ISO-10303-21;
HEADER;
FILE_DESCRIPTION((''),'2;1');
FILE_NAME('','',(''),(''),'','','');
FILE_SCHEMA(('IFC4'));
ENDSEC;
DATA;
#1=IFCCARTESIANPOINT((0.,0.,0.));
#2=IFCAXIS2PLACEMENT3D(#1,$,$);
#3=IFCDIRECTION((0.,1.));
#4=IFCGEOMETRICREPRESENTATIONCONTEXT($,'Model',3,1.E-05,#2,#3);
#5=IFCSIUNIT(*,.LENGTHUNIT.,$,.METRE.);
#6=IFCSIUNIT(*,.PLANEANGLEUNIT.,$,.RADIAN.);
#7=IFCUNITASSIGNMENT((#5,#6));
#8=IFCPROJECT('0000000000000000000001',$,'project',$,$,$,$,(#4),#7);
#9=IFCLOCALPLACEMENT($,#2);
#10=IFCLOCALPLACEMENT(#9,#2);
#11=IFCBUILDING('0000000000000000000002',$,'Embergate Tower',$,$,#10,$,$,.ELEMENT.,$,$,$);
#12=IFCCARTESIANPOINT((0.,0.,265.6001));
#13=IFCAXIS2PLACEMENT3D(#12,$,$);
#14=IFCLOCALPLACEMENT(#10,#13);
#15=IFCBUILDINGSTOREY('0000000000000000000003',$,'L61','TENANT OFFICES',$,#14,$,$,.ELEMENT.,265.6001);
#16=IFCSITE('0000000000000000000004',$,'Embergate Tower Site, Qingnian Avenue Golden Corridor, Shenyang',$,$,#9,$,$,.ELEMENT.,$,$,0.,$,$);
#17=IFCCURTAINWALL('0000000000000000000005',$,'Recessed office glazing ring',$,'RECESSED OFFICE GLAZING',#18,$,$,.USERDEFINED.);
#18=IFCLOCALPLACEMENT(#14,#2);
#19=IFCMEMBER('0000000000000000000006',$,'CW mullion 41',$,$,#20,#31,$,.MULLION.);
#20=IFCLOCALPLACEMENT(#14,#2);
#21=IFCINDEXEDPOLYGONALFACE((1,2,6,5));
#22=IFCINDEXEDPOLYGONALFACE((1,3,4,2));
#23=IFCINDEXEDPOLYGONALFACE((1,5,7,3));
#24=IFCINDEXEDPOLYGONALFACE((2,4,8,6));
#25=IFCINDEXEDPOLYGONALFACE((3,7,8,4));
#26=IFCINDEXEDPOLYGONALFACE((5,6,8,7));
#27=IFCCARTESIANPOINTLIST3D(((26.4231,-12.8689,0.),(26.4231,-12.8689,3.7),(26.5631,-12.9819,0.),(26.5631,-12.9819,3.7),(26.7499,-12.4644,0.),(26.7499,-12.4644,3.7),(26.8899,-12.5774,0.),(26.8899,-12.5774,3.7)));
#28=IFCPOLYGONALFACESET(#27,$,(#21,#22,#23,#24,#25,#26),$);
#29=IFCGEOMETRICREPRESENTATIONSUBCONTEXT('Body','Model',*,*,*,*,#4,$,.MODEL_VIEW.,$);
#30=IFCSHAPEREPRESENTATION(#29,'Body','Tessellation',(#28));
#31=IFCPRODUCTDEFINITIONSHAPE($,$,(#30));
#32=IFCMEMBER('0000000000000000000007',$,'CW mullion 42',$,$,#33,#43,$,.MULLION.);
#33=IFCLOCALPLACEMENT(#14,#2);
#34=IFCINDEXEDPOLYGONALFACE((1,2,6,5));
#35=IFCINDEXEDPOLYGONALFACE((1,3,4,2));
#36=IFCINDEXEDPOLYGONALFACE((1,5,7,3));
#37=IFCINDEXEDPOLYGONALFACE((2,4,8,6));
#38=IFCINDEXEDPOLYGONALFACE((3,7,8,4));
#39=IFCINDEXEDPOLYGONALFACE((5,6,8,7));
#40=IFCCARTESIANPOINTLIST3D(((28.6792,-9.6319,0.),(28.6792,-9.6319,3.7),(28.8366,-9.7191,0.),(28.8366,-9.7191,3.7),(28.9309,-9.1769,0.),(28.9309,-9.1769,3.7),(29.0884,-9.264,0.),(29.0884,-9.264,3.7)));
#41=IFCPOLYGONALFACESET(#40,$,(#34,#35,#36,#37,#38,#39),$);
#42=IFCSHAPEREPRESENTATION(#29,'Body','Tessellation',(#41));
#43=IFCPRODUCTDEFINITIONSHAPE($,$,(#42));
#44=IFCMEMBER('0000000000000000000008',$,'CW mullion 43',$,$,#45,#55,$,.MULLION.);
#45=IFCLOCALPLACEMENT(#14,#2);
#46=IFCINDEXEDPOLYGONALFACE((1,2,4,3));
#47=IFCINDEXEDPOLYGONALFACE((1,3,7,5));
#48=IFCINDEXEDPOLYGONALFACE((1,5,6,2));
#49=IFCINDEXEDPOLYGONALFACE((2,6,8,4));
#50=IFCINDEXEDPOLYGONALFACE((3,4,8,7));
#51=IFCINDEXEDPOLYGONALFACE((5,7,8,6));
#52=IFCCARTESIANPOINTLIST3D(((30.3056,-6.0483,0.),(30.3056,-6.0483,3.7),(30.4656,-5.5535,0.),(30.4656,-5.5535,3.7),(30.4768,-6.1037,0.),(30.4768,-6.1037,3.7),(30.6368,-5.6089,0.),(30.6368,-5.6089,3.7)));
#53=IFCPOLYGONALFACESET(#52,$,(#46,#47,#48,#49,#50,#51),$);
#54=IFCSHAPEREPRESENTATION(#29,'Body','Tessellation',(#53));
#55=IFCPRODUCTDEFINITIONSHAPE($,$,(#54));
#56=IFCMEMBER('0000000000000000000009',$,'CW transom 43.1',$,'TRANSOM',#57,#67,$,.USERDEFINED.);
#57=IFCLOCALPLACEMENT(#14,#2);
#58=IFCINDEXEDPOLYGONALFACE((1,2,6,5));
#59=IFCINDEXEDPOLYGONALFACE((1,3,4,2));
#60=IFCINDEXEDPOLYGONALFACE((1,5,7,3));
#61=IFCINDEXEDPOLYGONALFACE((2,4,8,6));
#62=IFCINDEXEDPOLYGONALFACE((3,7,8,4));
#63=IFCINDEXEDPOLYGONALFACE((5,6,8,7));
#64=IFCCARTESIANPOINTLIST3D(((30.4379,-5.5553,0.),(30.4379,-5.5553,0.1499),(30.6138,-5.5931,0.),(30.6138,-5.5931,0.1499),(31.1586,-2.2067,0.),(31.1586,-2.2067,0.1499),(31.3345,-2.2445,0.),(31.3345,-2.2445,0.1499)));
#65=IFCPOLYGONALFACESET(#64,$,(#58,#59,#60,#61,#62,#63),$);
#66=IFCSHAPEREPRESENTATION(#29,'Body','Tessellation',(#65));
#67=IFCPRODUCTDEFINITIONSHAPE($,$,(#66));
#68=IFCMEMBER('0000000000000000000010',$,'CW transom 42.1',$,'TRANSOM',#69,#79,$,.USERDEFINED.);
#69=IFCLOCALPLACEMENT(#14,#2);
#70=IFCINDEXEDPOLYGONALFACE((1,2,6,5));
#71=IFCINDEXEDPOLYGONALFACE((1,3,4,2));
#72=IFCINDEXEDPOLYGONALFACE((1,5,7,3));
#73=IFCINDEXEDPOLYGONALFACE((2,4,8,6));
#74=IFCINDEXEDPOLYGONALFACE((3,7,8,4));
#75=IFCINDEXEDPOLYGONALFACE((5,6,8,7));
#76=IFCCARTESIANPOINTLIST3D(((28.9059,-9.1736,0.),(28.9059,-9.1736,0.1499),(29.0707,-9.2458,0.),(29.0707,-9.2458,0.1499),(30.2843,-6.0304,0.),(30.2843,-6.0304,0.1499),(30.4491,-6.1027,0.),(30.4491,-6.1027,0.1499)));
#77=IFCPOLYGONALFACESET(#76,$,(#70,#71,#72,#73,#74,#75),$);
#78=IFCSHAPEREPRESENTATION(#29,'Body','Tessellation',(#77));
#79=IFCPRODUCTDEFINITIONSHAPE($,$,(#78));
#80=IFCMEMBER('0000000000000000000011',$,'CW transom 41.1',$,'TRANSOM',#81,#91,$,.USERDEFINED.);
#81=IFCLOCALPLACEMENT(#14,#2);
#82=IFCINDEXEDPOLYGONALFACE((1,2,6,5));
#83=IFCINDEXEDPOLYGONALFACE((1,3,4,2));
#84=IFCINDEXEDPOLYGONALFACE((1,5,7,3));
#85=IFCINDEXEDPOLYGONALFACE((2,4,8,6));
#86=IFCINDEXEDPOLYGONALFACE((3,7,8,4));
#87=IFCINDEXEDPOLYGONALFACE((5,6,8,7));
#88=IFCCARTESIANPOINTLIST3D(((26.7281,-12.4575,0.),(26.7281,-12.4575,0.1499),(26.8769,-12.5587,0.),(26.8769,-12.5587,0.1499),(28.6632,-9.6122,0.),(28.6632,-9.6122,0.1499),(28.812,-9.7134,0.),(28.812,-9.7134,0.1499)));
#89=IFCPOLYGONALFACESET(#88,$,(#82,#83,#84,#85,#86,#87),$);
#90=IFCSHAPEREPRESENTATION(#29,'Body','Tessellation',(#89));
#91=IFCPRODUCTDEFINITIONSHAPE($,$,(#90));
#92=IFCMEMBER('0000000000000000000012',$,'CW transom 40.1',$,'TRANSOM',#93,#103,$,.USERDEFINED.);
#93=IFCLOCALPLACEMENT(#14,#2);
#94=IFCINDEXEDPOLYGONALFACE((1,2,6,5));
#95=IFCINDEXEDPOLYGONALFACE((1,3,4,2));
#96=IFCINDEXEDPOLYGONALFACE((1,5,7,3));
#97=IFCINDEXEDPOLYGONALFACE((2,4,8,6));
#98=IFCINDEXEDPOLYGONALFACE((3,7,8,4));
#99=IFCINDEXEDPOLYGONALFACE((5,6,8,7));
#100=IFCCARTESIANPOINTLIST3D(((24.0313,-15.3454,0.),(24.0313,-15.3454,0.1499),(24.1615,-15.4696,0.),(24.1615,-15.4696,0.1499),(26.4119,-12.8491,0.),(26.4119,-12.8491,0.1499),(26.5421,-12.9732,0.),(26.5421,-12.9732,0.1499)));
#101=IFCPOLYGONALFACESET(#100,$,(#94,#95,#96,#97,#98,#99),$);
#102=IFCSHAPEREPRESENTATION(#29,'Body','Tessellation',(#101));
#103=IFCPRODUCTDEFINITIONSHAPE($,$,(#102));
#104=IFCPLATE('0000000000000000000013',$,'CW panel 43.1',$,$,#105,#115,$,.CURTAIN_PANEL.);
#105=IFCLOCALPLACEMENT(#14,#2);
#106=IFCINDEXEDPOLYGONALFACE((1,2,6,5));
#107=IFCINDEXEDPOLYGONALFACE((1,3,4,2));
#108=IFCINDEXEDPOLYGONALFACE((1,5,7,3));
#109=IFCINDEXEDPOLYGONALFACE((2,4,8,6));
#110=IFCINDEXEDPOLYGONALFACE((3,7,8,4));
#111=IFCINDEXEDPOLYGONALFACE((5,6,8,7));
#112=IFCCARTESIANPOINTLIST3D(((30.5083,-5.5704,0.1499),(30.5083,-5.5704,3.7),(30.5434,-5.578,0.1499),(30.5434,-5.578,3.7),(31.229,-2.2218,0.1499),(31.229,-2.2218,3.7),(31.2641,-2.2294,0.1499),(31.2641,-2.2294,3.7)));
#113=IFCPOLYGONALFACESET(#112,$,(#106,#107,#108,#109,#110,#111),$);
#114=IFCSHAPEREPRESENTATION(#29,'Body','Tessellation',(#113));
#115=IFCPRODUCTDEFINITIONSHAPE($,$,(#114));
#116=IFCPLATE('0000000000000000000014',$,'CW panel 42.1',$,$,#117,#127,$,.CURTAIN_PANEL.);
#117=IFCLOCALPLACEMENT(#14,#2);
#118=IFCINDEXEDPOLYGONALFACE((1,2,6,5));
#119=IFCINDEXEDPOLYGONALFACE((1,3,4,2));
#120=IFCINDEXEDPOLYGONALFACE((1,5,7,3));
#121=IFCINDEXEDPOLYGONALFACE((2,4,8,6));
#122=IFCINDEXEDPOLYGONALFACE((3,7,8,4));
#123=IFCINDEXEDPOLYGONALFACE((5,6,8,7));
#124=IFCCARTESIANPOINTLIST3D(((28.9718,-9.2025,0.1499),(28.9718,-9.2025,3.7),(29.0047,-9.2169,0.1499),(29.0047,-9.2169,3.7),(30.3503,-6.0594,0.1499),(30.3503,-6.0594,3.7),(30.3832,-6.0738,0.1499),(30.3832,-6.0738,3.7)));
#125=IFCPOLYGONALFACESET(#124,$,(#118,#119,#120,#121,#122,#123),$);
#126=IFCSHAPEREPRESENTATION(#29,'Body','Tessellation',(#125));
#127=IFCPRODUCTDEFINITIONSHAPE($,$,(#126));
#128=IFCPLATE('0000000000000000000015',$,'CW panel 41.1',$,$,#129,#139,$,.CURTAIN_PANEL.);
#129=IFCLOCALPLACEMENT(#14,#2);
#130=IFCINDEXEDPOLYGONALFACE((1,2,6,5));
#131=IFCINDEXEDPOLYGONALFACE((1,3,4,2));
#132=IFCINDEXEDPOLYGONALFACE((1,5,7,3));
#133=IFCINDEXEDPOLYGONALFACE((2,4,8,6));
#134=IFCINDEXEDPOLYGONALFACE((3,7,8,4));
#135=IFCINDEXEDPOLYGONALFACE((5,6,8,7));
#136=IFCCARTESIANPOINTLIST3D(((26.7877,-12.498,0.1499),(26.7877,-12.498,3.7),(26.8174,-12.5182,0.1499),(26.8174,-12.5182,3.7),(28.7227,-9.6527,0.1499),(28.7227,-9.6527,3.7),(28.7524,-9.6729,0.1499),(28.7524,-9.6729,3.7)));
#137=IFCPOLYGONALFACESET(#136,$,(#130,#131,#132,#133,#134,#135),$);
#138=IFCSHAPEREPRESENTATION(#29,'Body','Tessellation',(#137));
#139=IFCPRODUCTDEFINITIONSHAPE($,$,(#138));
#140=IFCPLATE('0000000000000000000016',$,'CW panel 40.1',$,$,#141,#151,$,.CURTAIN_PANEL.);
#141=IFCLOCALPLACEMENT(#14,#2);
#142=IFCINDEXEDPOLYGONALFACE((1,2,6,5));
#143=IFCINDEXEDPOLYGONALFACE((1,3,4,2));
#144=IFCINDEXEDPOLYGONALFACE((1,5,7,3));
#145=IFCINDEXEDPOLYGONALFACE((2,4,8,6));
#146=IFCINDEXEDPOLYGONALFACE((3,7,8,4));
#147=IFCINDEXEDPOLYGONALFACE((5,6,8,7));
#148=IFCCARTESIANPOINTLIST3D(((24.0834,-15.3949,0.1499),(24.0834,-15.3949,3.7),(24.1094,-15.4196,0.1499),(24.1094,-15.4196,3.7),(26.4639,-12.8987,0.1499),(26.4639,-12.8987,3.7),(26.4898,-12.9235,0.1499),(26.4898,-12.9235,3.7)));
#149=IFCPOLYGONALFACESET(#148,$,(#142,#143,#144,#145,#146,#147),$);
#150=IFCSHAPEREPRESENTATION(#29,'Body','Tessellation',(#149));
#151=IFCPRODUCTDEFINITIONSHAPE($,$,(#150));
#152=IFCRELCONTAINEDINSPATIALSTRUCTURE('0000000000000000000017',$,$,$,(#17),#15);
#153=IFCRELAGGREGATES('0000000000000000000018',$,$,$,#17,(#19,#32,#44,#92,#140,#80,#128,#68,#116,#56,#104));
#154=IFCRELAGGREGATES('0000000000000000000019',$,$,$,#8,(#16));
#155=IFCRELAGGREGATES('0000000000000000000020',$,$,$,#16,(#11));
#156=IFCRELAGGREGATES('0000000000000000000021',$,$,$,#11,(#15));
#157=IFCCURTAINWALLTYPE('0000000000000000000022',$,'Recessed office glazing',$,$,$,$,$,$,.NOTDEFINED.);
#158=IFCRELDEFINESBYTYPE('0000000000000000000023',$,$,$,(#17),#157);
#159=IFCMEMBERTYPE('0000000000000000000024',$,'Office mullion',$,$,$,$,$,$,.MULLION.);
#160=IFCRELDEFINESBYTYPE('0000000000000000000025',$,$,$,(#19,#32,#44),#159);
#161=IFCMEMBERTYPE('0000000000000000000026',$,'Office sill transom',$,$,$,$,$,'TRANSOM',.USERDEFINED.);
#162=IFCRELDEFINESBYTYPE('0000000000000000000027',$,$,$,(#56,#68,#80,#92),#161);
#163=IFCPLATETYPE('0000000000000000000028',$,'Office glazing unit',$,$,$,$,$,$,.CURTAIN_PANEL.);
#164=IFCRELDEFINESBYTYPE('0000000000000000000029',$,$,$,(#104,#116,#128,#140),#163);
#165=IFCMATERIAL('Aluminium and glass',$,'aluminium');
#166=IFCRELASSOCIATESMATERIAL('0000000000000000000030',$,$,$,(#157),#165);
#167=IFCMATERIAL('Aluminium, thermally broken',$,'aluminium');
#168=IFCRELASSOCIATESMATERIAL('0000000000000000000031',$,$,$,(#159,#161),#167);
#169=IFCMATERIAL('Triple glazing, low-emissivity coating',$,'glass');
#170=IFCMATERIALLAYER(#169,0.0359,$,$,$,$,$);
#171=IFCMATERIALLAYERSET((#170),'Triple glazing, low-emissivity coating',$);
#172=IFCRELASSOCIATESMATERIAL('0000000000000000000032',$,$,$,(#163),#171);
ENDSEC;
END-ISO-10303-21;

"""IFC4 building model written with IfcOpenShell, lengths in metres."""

from ifc_helpers import new_model, si_unit, direction, frame, origin, origin_2d, place, context, subcontext, project, spatial, rectangle, extrude, source, transform, mapped, material, layer, layer_set, material_profile, profile_set, type_object, element, aggregate, save


model = new_model("IFC4")

# Units and contexts
model_context = context("Model", 3, precision=1e-05, world=origin(), true_north=direction((0.0, 1.0)))
body_context = subcontext(model_context, "Body", "Model", "MODEL_VIEW")
ifc_project = project(units=[si_unit("LENGTHUNIT", "METRE"), si_unit("PLANEANGLEUNIT", "RADIAN")], contexts=[model_context])

# Site, building, storey
site_placement = place(None, origin())
site = spatial("IfcSite", under=ifc_project, at=site_placement, Name="Embergate Tower Site, Qingnian Avenue Golden Corridor, Shenyang", CompositionType="ELEMENT", RefElevation=0.0)
building_placement = place(site_placement, origin())
building = spatial("IfcBuilding", under=site, at=building_placement, Name="Embergate Tower", CompositionType="ELEMENT")
storey_placement = place(building_placement, frame((0.0, 0.0, 265.6001)))
storey = spatial("IfcBuildingStorey", under=building, at=storey_placement, Name="L61", Description="TENANT OFFICES", CompositionType="ELEMENT", Elevation=265.6001)

# Curtain wall, members, plates
ifc_material_1 = material(Name="Aluminium and glass", Category="aluminium")
curtain_wall_type = type_object("IfcCurtainWallType", Name="Recessed office glazing", PredefinedType="NOTDEFINED", material=ifc_material_1)
curtain_wall_placement = place(storey_placement, origin())
curtain_wall = element("IfcCurtainWall", 1, at=curtain_wall_placement, inside=storey, type_object=curtain_wall_type, Name="Recessed office glazing ring", ObjectType="RECESSED OFFICE GLAZING", PredefinedType="USERDEFINED")
ifc_material_2 = material(Name="Aluminium, thermally broken", Category="aluminium")
ifc_material_profile_1 = material_profile(ifc_material_2, rectangle(XDim=0.1799, YDim=0.52, at=origin_2d()), Name="AL 520x180")
ifc_profile_set_1 = profile_set([ifc_material_profile_1], Name="Aluminium, thermally broken")
member_type_1 = type_object("IfcMemberType", Name="Office mullion", PredefinedType="MULLION", material=ifc_profile_set_1)
shared_shape_1 = source(origin(), body_context, "Body", "SweptSolid", [
    extrude(rectangle(XDim=0.1799, YDim=0.52, at=origin_2d()), origin(), (0.0, 0.0, 1.0), 3.7),
])
member_1_placement = place(storey_placement, frame((26.6565, -12.7231, 0.0), z_axis=(0.0, 0.0, 1.0), x_axis=(-0.777862, 0.628436, 0.0)))
member_1 = element("IfcMember", 2, at=member_1_placement, type_object=member_type_1, Name="CW mullion 41", PredefinedType="MULLION", context=body_context, shape_type="MappedRepresentation", body=[
    mapped(shared_shape_1, transform((0.0, 0.0, 0.0))),
])
member_2_placement = place(storey_placement, frame((28.8838, -9.448, 0.0), z_axis=(0.0, 0.0, 1.0), x_axis=(-0.874993, 0.484136, 0.0)))
member_2 = element("IfcMember", 3, at=member_2_placement, type_object=member_type_1, Name="CW mullion 42", PredefinedType="MULLION", context=body_context, shape_type="MappedRepresentation", body=[
    mapped(shared_shape_1, transform((0.0, 0.0, 0.0))),
])
member_3_placement = place(storey_placement, frame((30.4712, -5.8286, 0.0), z_axis=(0.0, 0.0, 1.0), x_axis=(-0.951493, 0.307671, 0.0)))
member_3 = element("IfcMember", 4, at=member_3_placement, type_object=member_type_1, Name="CW mullion 43", PredefinedType="MULLION", context=body_context, shape_type="MappedRepresentation", body=[
    mapped(shared_shape_1, transform((0.0, 0.0, 0.0))),
])
ifc_material_profile_2 = material_profile(ifc_material_2, rectangle(XDim=0.1799, YDim=0.1499, at=origin_2d()), Name="AL 150x180")
ifc_profile_set_2 = profile_set([ifc_material_profile_2], Name="Aluminium, thermally broken")
member_type_2 = type_object("IfcMemberType", Name="Office sill transom", ElementType="TRANSOM", PredefinedType="USERDEFINED", material=ifc_profile_set_2)
shared_shape_2 = source(origin(), body_context, "Body", "SweptSolid", [
    extrude(rectangle(XDim=0.1799, YDim=0.1499, at=origin_2d()), origin(), (0.0, 0.0, 1.0), 3.4253),
])
member_4_placement = place(storey_placement, frame((30.5259, -5.5742, 0.075), z_axis=(0.210405, 0.977614, 0.0), x_axis=(-0.977614, 0.210405, 0.0)))
member_4 = element("IfcMember", 5, at=member_4_placement, type_object=member_type_2, Name="CW transom 43.1", ObjectType="TRANSOM", PredefinedType="USERDEFINED", context=body_context, shape_type="MappedRepresentation", body=[
    mapped(shared_shape_2, transform((0.0, 0.0, 0.0))),
])
shared_shape_3 = source(origin(), body_context, "Body", "SweptSolid", [
    extrude(rectangle(XDim=0.1799, YDim=0.1499, at=origin_2d()), origin(), (0.0, 0.0, 1.0), 3.4321),
])
member_5_placement = place(storey_placement, frame((28.9883, -9.2097, 0.075), z_axis=(0.401632, 0.915801, 0.0), x_axis=(-0.915801, 0.401632, 0.0)))
member_5 = element("IfcMember", 6, at=member_5_placement, type_object=member_type_2, Name="CW transom 42.1", ObjectType="TRANSOM", PredefinedType="USERDEFINED", context=body_context, shape_type="MappedRepresentation", body=[
    mapped(shared_shape_3, transform((0.0, 0.0, 0.0))),
])
shared_shape_4 = source(origin(), body_context, "Body", "SweptSolid", [
    extrude(rectangle(XDim=0.1799, YDim=0.1499, at=origin_2d()), origin(), (0.0, 0.0, 1.0), 3.4409),
])
member_6_placement = place(storey_placement, frame((26.8025, -12.5081, 0.075), z_axis=(0.562372, 0.826884, 0.0), x_axis=(-0.826884, 0.562372, 0.0)))
member_6 = element("IfcMember", 7, at=member_6_placement, type_object=member_type_2, Name="CW transom 41.1", ObjectType="TRANSOM", PredefinedType="USERDEFINED", context=body_context, shape_type="MappedRepresentation", body=[
    mapped(shared_shape_4, transform((0.0, 0.0, 0.0))),
])
shared_shape_5 = source(origin(), body_context, "Body", "SweptSolid", [
    extrude(rectangle(XDim=0.1799, YDim=0.1499, at=origin_2d()), origin(), (0.0, 0.0, 1.0), 3.4495),
])
member_7_placement = place(storey_placement, frame((24.0964, -15.4075, 0.075), z_axis=(0.690134, 0.723682, 0.0), x_axis=(-0.723682, 0.690134, 0.0)))
member_7 = element("IfcMember", 8, at=member_7_placement, type_object=member_type_2, Name="CW transom 40.1", ObjectType="TRANSOM", PredefinedType="USERDEFINED", context=body_context, shape_type="MappedRepresentation", body=[
    mapped(shared_shape_5, transform((0.0, 0.0, 0.0))),
])
ifc_material_3 = material(Name="Triple glazing, low-emissivity coating", Category="glass")
ifc_layer_1 = layer(ifc_material_3, 0.0359)
ifc_layer_set_1 = layer_set([ifc_layer_1], Name="Triple glazing, low-emissivity coating")
plate_type = type_object("IfcPlateType", Name="Office glazing unit", PredefinedType="CURTAIN_PANEL", material=ifc_layer_set_1)
shared_shape_6 = source(origin(), body_context, "Body", "SweptSolid", [
    extrude(rectangle(XDim=3.4253, YDim=0.0359, at=origin_2d()), origin(), (0.0, 0.0, 1.0), 3.55),
])
plate_1_placement = place(storey_placement, frame((30.8862, -3.8999, 0.1499), z_axis=(0.0, 0.0, 1.0), x_axis=(0.210402, 0.977615, 0.0)))
plate_1 = element("IfcPlate", 9, at=plate_1_placement, type_object=plate_type, Name="CW panel 43.1", PredefinedType="CURTAIN_PANEL", context=body_context, shape_type="MappedRepresentation", body=[
    mapped(shared_shape_6, transform((0.0, 0.0, 0.0))),
])
shared_shape_7 = source(origin(), body_context, "Body", "SweptSolid", [
    extrude(rectangle(XDim=3.4321, YDim=0.0359, at=origin_2d()), origin(), (0.0, 0.0, 1.0), 3.55),
])
plate_2_placement = place(storey_placement, frame((29.6775, -7.6382, 0.1499), z_axis=(0.0, 0.0, 1.0), x_axis=(0.401658, 0.91579, 0.0)))
plate_2 = element("IfcPlate", 10, at=plate_2_placement, type_object=plate_type, Name="CW panel 42.1", PredefinedType="CURTAIN_PANEL", context=body_context, shape_type="MappedRepresentation", body=[
    mapped(shared_shape_7, transform((0.0, 0.0, 0.0))),
])
shared_shape_8 = source(origin(), body_context, "Body", "SweptSolid", [
    extrude(rectangle(XDim=3.4409, YDim=0.0359, at=origin_2d()), origin(), (0.0, 0.0, 1.0), 3.55),
])
plate_3_placement = place(storey_placement, frame((27.77, -11.0854, 0.1499), z_axis=(0.0, 0.0, 1.0), x_axis=(0.562349, 0.8269, 0.0)))
plate_3 = element("IfcPlate", 11, at=plate_3_placement, type_object=plate_type, Name="CW panel 41.1", PredefinedType="CURTAIN_PANEL", context=body_context, shape_type="MappedRepresentation", body=[
    mapped(shared_shape_8, transform((0.0, 0.0, 0.0))),
])
shared_shape_9 = source(origin(), body_context, "Body", "SweptSolid", [
    extrude(rectangle(XDim=3.4492, YDim=0.0359, at=origin_2d()), origin(), (0.0, 0.0, 1.0), 3.55),
])
plate_4_placement = place(storey_placement, frame((25.2866, -14.1592, 0.1499), z_axis=(0.0, 0.0, 1.0), x_axis=(0.690139, 0.723677, 0.0)))
plate_4 = element("IfcPlate", 12, at=plate_4_placement, type_object=plate_type, Name="CW panel 40.1", PredefinedType="CURTAIN_PANEL", context=body_context, shape_type="MappedRepresentation", body=[
    mapped(shared_shape_9, transform((0.0, 0.0, 0.0))),
])
aggregate(curtain_wall, [member_1, member_2, member_3, member_7, plate_4, member_6, plate_3, member_5, plate_2, member_4, plate_1])

save(model, "model.ifc")
